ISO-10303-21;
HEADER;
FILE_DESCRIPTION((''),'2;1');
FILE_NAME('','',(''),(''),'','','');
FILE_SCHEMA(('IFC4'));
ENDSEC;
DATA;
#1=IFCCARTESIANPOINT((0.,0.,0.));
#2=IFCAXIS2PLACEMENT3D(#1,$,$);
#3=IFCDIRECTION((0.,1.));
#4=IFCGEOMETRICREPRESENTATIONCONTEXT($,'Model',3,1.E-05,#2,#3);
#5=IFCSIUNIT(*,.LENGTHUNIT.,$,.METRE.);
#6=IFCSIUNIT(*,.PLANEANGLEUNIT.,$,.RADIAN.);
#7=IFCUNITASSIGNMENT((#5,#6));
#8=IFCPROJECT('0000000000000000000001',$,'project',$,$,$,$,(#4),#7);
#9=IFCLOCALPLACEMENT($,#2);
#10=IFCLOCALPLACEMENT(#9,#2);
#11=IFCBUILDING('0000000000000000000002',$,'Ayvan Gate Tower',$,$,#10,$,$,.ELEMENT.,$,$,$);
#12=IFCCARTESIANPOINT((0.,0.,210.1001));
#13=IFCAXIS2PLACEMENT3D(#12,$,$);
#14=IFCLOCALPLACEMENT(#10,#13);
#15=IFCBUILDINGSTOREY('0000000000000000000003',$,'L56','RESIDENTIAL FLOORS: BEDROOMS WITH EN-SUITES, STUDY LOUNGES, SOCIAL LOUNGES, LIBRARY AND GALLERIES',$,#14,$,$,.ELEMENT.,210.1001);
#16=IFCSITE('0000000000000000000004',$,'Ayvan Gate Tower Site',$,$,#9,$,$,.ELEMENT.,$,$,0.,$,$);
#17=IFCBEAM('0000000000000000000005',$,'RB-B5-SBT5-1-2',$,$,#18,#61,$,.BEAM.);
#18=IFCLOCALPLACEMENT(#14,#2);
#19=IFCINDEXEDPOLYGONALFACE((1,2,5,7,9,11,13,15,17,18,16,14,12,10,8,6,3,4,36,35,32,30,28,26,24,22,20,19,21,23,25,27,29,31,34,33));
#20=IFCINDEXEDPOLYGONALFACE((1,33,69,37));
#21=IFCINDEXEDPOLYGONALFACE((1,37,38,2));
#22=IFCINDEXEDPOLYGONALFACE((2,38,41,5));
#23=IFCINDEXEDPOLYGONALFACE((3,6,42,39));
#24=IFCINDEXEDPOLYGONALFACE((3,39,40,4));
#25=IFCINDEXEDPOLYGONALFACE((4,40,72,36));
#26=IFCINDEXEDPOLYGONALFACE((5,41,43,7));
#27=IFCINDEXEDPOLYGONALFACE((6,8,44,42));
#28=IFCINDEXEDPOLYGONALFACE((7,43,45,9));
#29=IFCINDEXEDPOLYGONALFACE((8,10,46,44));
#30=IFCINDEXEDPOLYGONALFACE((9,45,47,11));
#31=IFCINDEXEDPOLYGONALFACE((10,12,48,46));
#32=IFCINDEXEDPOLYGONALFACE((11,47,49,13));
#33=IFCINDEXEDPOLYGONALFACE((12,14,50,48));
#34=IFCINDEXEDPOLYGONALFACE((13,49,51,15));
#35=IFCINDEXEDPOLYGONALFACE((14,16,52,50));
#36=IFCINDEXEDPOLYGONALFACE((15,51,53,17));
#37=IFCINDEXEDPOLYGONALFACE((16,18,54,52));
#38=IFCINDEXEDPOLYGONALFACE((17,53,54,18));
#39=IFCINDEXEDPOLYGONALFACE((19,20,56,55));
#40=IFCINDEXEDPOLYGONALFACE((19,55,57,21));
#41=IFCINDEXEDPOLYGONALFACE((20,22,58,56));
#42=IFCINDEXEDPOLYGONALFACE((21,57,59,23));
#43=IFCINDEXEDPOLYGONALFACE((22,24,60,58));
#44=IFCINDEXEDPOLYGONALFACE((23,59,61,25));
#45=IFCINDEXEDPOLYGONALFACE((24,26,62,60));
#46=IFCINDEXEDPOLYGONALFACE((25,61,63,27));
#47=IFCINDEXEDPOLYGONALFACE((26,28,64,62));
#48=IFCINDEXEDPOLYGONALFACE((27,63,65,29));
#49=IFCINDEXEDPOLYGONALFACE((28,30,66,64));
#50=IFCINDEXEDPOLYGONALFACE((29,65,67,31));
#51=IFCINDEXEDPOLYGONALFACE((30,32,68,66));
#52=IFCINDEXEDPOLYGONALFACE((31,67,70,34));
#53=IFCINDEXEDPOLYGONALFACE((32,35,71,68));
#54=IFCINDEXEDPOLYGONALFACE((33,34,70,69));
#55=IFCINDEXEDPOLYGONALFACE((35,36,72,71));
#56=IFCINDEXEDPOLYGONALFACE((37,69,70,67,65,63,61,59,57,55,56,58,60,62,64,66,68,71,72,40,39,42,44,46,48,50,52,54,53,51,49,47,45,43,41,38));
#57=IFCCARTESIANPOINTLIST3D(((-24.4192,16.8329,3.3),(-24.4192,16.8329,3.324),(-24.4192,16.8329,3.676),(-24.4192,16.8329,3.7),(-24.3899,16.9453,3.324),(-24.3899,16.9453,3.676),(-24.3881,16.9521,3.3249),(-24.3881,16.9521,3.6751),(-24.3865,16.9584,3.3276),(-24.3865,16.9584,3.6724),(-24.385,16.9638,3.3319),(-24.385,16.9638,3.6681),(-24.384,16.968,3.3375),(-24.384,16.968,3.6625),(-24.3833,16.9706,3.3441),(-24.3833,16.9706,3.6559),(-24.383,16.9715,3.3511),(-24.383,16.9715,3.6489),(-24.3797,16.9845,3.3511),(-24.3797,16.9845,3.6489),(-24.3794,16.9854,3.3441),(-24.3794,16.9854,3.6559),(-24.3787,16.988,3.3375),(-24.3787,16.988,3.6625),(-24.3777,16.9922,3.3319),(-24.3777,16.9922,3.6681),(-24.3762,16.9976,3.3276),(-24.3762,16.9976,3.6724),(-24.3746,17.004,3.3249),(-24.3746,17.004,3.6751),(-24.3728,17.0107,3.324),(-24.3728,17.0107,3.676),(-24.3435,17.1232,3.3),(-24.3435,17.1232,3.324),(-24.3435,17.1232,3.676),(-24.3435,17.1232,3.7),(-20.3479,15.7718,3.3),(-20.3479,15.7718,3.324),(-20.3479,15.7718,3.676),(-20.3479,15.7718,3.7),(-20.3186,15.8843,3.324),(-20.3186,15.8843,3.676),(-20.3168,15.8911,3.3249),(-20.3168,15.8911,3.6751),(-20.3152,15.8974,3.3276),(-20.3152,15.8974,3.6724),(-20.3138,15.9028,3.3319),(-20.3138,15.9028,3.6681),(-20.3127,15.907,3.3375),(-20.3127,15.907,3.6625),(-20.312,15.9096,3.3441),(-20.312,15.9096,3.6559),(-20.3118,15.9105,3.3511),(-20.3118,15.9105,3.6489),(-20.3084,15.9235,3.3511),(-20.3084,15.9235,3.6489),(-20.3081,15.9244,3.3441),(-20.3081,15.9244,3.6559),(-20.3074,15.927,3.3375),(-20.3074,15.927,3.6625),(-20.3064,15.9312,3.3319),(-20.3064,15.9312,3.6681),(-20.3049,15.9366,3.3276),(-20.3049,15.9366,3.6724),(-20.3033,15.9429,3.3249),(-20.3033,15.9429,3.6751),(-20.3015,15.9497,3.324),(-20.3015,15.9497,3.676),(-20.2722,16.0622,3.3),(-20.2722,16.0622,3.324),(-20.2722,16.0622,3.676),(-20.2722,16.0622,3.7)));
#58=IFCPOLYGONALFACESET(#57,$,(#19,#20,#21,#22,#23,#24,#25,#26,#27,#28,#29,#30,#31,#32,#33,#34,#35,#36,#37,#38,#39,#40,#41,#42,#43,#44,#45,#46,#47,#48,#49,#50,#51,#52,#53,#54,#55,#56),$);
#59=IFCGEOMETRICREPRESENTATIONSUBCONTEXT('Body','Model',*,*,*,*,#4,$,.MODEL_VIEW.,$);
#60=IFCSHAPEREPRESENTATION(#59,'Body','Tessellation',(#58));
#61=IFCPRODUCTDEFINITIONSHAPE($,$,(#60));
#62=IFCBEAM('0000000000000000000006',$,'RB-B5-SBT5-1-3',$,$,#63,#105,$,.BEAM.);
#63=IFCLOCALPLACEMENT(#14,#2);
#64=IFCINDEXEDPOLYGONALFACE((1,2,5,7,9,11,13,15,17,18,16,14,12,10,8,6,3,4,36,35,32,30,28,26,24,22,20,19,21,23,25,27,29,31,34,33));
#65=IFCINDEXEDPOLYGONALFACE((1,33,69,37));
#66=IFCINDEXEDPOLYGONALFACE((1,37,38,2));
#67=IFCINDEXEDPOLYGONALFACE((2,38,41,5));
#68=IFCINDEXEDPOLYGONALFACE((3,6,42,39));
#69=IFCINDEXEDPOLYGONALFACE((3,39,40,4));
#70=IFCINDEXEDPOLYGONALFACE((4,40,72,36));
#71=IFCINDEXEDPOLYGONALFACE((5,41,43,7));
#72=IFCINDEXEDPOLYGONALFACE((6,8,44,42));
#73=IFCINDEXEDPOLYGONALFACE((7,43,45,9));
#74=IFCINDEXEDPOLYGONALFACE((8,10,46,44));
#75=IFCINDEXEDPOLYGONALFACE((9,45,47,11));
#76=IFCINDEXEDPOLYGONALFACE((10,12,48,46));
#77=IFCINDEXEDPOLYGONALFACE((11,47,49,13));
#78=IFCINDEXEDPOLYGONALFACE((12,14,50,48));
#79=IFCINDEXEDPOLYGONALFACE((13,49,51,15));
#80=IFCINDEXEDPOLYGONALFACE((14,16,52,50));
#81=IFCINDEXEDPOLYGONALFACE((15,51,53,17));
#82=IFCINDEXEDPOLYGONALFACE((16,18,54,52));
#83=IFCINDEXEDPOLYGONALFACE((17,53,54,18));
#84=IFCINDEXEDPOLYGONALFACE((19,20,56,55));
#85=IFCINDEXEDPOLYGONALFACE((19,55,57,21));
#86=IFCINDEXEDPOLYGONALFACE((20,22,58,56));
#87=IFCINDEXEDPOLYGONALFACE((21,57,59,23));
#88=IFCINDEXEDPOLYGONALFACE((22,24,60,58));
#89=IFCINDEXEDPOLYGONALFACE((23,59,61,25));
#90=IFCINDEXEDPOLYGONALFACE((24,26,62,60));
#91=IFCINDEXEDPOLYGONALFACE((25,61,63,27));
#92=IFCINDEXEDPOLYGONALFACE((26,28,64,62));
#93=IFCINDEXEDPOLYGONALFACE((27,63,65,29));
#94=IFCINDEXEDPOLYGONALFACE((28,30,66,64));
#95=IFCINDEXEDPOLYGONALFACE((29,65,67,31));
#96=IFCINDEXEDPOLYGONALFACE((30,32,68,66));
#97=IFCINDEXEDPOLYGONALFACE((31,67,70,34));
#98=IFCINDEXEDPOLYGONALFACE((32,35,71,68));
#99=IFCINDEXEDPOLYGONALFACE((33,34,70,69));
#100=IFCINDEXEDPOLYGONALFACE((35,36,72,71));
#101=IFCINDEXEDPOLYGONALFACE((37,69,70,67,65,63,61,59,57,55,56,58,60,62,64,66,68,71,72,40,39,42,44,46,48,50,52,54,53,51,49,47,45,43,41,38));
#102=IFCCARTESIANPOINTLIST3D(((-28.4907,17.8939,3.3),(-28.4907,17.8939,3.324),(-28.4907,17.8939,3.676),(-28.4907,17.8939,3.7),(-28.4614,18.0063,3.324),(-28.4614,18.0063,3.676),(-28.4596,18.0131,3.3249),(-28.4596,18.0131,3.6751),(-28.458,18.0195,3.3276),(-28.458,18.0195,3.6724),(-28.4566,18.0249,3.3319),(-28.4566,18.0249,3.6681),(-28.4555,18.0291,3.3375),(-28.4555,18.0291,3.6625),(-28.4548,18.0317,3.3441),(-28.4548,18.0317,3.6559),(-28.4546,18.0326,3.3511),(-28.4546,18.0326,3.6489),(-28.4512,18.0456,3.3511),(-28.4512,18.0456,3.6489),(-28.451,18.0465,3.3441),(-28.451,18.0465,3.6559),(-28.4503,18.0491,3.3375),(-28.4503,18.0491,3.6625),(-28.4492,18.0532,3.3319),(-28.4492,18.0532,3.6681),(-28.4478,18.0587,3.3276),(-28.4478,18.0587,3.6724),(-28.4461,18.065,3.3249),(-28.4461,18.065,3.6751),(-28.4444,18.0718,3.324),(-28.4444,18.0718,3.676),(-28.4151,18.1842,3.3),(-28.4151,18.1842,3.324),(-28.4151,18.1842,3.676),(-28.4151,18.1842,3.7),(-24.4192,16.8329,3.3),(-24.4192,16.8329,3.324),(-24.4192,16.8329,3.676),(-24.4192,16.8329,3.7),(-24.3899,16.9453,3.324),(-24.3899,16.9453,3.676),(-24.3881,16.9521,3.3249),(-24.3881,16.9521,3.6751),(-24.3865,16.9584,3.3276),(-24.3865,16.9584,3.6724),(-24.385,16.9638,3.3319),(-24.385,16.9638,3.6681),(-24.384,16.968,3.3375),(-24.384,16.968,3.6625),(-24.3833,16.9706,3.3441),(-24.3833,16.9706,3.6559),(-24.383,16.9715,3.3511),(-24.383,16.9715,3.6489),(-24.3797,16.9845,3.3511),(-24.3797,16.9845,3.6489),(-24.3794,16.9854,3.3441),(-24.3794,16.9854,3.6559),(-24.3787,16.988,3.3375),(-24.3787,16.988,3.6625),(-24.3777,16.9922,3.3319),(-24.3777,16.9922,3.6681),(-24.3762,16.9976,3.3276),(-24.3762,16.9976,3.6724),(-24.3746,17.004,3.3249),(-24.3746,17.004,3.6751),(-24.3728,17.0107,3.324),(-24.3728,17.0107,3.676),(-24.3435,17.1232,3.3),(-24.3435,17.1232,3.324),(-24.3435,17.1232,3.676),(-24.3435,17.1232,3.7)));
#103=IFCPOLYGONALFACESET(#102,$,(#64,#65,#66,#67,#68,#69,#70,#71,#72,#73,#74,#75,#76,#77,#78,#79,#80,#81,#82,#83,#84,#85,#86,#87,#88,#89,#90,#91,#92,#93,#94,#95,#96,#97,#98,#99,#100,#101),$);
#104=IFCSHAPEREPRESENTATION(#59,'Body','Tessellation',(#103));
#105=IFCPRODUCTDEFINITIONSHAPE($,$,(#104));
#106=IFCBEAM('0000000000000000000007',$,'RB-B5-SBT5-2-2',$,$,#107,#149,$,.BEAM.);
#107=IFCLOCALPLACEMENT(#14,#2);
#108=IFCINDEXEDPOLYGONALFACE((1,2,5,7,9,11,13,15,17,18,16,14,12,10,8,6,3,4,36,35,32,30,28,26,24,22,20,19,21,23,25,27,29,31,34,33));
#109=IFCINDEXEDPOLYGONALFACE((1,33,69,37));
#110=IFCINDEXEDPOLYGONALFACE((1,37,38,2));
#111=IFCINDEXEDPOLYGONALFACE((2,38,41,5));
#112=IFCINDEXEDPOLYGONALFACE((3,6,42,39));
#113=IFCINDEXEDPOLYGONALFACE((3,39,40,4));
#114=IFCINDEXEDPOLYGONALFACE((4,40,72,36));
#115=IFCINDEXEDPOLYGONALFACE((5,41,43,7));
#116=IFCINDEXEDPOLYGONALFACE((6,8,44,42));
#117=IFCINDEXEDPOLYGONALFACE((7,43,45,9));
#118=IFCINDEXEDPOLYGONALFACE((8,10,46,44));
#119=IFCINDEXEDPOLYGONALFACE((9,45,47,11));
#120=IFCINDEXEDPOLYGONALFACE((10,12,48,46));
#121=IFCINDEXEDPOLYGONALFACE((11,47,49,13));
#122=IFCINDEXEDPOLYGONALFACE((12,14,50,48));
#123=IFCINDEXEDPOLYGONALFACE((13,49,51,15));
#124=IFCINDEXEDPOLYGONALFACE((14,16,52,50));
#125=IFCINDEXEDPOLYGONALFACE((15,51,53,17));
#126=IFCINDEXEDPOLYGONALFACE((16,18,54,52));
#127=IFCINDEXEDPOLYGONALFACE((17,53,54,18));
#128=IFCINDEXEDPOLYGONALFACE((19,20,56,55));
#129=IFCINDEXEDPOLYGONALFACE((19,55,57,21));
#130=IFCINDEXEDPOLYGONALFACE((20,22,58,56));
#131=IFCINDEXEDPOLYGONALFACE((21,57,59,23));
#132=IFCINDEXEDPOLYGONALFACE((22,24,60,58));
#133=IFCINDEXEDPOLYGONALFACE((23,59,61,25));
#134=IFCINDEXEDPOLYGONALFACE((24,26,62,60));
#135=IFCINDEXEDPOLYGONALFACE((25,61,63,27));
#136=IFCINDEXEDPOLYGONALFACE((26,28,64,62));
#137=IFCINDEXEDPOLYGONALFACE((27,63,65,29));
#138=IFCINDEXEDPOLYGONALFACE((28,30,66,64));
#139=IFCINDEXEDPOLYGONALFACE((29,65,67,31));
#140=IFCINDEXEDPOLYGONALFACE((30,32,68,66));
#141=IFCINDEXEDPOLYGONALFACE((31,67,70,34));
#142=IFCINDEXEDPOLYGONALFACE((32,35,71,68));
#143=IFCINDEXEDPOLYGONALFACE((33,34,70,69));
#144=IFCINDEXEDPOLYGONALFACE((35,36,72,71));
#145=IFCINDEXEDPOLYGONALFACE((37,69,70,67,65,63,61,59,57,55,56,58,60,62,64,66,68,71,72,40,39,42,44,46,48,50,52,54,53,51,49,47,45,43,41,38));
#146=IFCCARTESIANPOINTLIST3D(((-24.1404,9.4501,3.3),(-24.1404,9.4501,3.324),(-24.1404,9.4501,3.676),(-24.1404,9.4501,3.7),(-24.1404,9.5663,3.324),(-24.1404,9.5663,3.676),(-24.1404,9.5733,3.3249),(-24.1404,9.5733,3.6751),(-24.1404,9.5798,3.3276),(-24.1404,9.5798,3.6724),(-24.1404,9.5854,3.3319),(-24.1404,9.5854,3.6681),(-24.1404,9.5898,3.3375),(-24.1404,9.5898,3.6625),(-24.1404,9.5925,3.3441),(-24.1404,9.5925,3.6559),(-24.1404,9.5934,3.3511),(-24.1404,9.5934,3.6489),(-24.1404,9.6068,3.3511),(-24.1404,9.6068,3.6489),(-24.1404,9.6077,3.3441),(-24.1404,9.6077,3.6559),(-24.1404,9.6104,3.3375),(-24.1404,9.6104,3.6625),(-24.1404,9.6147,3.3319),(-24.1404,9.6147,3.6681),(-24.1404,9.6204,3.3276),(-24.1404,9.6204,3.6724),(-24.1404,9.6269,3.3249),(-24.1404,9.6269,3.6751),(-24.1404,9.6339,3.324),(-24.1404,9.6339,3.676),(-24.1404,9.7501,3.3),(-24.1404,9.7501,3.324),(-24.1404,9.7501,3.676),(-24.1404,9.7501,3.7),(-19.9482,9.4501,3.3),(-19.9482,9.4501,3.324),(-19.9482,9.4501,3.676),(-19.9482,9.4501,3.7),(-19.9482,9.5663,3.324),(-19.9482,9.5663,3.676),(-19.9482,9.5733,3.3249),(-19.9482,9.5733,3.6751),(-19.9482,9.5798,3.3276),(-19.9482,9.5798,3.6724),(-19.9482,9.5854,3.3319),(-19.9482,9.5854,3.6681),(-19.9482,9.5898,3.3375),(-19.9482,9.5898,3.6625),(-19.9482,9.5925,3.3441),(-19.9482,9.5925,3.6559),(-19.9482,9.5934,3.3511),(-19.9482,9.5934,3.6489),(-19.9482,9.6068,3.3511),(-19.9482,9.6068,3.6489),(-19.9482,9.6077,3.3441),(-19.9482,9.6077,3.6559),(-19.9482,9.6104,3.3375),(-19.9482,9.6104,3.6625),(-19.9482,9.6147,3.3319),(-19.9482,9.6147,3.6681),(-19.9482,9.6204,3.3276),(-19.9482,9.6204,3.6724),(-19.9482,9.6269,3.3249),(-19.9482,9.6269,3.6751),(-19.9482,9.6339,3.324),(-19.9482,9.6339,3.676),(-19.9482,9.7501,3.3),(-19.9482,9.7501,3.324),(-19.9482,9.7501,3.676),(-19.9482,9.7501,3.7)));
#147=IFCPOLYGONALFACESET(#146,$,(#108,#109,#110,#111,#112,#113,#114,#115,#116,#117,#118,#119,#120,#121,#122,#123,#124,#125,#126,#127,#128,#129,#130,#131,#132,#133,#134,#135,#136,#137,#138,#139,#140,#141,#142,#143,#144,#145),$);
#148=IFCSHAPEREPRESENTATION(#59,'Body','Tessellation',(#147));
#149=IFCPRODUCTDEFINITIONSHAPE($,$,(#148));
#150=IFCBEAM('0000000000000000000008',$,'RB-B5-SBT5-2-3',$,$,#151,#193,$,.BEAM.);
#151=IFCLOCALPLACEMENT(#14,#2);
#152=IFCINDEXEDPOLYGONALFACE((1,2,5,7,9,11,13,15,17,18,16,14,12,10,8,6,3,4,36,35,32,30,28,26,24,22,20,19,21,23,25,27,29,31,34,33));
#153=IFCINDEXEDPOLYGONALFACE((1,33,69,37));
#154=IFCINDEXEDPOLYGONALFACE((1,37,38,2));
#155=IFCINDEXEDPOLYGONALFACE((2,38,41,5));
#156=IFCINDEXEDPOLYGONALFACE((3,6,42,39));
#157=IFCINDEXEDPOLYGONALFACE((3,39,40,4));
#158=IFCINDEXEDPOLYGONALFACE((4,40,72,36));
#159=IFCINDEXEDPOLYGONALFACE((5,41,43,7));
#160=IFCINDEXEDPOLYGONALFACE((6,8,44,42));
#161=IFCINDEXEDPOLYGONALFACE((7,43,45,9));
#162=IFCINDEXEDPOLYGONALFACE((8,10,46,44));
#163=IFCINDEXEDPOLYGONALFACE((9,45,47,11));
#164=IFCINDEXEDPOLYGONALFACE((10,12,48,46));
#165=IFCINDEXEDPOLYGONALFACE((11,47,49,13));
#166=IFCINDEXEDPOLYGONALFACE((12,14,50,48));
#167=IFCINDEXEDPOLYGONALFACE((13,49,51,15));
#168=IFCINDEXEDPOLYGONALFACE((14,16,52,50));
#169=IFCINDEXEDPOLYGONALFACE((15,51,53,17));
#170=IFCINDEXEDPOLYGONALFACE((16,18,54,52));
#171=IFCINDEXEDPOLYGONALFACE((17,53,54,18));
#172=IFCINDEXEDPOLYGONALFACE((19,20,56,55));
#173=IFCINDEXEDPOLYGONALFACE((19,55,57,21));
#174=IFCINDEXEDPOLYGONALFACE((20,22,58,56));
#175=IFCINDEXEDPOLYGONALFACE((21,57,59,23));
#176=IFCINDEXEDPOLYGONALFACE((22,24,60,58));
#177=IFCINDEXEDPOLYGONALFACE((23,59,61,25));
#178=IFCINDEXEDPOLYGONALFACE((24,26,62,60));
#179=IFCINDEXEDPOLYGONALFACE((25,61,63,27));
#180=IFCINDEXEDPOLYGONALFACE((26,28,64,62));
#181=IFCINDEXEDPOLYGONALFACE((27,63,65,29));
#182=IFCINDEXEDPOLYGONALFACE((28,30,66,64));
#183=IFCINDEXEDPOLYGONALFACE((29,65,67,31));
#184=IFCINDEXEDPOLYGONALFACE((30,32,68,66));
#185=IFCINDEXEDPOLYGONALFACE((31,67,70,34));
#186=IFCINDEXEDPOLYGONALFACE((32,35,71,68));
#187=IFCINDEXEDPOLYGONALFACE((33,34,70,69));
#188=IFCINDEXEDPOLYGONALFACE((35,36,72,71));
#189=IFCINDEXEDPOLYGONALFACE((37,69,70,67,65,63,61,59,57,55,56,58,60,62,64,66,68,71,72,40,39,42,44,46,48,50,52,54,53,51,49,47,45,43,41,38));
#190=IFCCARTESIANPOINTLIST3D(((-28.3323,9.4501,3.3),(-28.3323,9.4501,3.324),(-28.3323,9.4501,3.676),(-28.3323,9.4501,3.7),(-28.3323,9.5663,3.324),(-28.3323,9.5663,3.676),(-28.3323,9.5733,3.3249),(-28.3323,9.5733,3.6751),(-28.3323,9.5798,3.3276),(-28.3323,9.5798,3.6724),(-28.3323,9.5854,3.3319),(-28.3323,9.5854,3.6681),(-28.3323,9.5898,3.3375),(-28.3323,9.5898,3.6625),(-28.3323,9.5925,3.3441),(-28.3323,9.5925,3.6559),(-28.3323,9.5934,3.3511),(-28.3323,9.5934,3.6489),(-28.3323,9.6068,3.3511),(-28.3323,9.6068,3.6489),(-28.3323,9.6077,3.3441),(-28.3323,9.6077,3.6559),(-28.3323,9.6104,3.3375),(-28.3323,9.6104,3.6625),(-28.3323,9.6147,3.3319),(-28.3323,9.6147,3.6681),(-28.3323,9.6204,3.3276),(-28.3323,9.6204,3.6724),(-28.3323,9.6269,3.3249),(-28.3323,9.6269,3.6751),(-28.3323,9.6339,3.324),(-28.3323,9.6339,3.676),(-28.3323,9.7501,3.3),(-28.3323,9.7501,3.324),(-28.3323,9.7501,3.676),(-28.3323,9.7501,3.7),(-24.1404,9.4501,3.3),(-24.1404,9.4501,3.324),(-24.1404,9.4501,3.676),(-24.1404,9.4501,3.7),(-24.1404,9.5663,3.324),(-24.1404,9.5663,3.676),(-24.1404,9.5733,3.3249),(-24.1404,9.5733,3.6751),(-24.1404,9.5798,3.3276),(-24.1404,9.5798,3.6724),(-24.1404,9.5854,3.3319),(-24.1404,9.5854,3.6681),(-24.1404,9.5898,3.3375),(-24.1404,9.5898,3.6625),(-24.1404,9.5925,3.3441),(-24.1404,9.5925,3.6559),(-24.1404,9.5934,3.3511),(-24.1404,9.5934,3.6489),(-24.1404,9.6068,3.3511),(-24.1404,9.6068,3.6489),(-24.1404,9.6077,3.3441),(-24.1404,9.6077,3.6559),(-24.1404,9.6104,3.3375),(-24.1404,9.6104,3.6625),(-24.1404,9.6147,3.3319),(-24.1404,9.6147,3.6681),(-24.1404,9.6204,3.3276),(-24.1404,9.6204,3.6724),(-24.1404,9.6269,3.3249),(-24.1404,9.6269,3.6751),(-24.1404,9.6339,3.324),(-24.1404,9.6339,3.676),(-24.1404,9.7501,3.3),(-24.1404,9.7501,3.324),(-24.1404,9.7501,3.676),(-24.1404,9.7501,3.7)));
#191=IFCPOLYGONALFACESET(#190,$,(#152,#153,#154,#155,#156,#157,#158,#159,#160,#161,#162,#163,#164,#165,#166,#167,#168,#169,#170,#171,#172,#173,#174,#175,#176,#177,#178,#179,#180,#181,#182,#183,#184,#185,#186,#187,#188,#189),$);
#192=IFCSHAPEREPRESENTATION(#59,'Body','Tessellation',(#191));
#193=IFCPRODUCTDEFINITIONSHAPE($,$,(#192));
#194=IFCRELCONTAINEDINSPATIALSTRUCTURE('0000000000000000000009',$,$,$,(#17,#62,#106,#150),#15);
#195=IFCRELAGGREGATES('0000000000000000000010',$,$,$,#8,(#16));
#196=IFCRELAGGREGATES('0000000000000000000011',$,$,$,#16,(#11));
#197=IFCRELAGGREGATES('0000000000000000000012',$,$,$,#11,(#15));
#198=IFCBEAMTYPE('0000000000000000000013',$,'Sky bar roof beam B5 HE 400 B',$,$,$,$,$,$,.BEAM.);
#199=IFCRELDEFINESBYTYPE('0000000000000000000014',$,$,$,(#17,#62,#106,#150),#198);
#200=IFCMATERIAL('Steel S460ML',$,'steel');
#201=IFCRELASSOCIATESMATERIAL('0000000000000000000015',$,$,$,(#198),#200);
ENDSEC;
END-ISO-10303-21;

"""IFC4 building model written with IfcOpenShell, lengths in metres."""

from ifc_helpers import new_model, si_unit, direction, frame, origin, origin_2d, place, context, subcontext, project, spatial, i_section, extrude, material, material_profile, profile_set, type_object, element, save


model = new_model("IFC4")

# Units and contexts
model_context = context("Model", 3, precision=1e-05, world=origin(), true_north=direction((0.0, 1.0)))
body_context = subcontext(model_context, "Body", "Model", "MODEL_VIEW")
ifc_project = project(units=[si_unit("LENGTHUNIT", "METRE"), si_unit("PLANEANGLEUNIT", "RADIAN")], contexts=[model_context])

# Site, building, storey
site_placement = place(None, origin())
site = spatial("IfcSite", under=ifc_project, at=site_placement, Name="Ayvan Gate Tower Site", CompositionType="ELEMENT", RefElevation=0.0)
building_placement = place(site_placement, origin())
building = spatial("IfcBuilding", under=site, at=building_placement, Name="Ayvan Gate Tower", CompositionType="ELEMENT")
storey_placement = place(building_placement, frame((0.0, 0.0, 210.1001)))
storey = spatial("IfcBuildingStorey", under=building, at=storey_placement, Name="L56", Description="RESIDENTIAL FLOORS: BEDROOMS WITH EN-SUITES, STUDY LOUNGES, SOCIAL LOUNGES, LIBRARY AND GALLERIES", CompositionType="ELEMENT", Elevation=210.1001)

# Beams
ifc_material_1 = material(Name="Steel S460ML", Category="steel")
ifc_material_profile_1 = material_profile(ifc_material_1, i_section(OverallWidth=0.3, OverallDepth=0.3999, WebThickness=0.0134, FlangeThickness=0.0239, FilletRadius=0.0271, at=origin_2d()), Name="HE 400 B")
ifc_profile_set_1 = profile_set([ifc_material_profile_1], Name="Steel S460ML")
beam_type = type_object("IfcBeamType", Name="Sky bar roof beam B5 HE 400 B", PredefinedType="BEAM", material=ifc_profile_set_1)
beam_1_placement = place(storey_placement, frame((-20.3101, 15.917, 3.5), z_axis=(-0.967678, 0.25219, 0.0), x_axis=(-0.25219, -0.967678, 0.0)))
element("IfcBeam", 1, at=beam_1_placement, inside=storey, type_object=beam_type, Name="RB-B5-SBT5-1-2", PredefinedType="BEAM", context=body_context, shape_type="SweptSolid", body=[
    extrude(i_section(OverallWidth=0.3, OverallDepth=0.3999, WebThickness=0.0134, FlangeThickness=0.0239, FilletRadius=0.0271, at=origin_2d()), origin(), (0.0, 0.0, 1.0), 4.2073),
])
beam_2_placement = place(storey_placement, frame((-24.3813, 16.978, 3.5), z_axis=(-0.967681, 0.252176, 0.0), x_axis=(-0.252176, -0.967681, 0.0)))
element("IfcBeam", 2, at=beam_2_placement, inside=storey, type_object=beam_type, Name="RB-B5-SBT5-1-3", PredefinedType="BEAM", context=body_context, shape_type="SweptSolid", body=[
    extrude(i_section(OverallWidth=0.3, OverallDepth=0.3999, WebThickness=0.0134, FlangeThickness=0.0239, FilletRadius=0.0271, at=origin_2d()), origin(), (0.0, 0.0, 1.0), 4.2075),
])
beam_3_placement = place(storey_placement, frame((-19.9482, 9.6001, 3.5), z_axis=(-1.0, 0.0, 0.0), x_axis=(0.0, -1.0, 0.0)))
element("IfcBeam", 3, at=beam_3_placement, inside=storey, type_object=beam_type, Name="RB-B5-SBT5-2-2", PredefinedType="BEAM", context=body_context, shape_type="SweptSolid", body=[
    extrude(i_section(OverallWidth=0.3, OverallDepth=0.3999, WebThickness=0.0134, FlangeThickness=0.0239, FilletRadius=0.0271, at=origin_2d()), origin(), (0.0, 0.0, 1.0), 4.1921),
])
beam_4_placement = place(storey_placement, frame((-24.1404, 9.6001, 3.5), z_axis=(-1.0, 0.0, 0.0), x_axis=(0.0, -1.0, 0.0)))
element("IfcBeam", 4, at=beam_4_placement, inside=storey, type_object=beam_type, Name="RB-B5-SBT5-2-3", PredefinedType="BEAM", context=body_context, shape_type="SweptSolid", body=[
    extrude(i_section(OverallWidth=0.3, OverallDepth=0.3999, WebThickness=0.0134, FlangeThickness=0.0239, FilletRadius=0.0271, at=origin_2d()), origin(), (0.0, 0.0, 1.0), 4.1919),
])

save(model, "model.ifc")
